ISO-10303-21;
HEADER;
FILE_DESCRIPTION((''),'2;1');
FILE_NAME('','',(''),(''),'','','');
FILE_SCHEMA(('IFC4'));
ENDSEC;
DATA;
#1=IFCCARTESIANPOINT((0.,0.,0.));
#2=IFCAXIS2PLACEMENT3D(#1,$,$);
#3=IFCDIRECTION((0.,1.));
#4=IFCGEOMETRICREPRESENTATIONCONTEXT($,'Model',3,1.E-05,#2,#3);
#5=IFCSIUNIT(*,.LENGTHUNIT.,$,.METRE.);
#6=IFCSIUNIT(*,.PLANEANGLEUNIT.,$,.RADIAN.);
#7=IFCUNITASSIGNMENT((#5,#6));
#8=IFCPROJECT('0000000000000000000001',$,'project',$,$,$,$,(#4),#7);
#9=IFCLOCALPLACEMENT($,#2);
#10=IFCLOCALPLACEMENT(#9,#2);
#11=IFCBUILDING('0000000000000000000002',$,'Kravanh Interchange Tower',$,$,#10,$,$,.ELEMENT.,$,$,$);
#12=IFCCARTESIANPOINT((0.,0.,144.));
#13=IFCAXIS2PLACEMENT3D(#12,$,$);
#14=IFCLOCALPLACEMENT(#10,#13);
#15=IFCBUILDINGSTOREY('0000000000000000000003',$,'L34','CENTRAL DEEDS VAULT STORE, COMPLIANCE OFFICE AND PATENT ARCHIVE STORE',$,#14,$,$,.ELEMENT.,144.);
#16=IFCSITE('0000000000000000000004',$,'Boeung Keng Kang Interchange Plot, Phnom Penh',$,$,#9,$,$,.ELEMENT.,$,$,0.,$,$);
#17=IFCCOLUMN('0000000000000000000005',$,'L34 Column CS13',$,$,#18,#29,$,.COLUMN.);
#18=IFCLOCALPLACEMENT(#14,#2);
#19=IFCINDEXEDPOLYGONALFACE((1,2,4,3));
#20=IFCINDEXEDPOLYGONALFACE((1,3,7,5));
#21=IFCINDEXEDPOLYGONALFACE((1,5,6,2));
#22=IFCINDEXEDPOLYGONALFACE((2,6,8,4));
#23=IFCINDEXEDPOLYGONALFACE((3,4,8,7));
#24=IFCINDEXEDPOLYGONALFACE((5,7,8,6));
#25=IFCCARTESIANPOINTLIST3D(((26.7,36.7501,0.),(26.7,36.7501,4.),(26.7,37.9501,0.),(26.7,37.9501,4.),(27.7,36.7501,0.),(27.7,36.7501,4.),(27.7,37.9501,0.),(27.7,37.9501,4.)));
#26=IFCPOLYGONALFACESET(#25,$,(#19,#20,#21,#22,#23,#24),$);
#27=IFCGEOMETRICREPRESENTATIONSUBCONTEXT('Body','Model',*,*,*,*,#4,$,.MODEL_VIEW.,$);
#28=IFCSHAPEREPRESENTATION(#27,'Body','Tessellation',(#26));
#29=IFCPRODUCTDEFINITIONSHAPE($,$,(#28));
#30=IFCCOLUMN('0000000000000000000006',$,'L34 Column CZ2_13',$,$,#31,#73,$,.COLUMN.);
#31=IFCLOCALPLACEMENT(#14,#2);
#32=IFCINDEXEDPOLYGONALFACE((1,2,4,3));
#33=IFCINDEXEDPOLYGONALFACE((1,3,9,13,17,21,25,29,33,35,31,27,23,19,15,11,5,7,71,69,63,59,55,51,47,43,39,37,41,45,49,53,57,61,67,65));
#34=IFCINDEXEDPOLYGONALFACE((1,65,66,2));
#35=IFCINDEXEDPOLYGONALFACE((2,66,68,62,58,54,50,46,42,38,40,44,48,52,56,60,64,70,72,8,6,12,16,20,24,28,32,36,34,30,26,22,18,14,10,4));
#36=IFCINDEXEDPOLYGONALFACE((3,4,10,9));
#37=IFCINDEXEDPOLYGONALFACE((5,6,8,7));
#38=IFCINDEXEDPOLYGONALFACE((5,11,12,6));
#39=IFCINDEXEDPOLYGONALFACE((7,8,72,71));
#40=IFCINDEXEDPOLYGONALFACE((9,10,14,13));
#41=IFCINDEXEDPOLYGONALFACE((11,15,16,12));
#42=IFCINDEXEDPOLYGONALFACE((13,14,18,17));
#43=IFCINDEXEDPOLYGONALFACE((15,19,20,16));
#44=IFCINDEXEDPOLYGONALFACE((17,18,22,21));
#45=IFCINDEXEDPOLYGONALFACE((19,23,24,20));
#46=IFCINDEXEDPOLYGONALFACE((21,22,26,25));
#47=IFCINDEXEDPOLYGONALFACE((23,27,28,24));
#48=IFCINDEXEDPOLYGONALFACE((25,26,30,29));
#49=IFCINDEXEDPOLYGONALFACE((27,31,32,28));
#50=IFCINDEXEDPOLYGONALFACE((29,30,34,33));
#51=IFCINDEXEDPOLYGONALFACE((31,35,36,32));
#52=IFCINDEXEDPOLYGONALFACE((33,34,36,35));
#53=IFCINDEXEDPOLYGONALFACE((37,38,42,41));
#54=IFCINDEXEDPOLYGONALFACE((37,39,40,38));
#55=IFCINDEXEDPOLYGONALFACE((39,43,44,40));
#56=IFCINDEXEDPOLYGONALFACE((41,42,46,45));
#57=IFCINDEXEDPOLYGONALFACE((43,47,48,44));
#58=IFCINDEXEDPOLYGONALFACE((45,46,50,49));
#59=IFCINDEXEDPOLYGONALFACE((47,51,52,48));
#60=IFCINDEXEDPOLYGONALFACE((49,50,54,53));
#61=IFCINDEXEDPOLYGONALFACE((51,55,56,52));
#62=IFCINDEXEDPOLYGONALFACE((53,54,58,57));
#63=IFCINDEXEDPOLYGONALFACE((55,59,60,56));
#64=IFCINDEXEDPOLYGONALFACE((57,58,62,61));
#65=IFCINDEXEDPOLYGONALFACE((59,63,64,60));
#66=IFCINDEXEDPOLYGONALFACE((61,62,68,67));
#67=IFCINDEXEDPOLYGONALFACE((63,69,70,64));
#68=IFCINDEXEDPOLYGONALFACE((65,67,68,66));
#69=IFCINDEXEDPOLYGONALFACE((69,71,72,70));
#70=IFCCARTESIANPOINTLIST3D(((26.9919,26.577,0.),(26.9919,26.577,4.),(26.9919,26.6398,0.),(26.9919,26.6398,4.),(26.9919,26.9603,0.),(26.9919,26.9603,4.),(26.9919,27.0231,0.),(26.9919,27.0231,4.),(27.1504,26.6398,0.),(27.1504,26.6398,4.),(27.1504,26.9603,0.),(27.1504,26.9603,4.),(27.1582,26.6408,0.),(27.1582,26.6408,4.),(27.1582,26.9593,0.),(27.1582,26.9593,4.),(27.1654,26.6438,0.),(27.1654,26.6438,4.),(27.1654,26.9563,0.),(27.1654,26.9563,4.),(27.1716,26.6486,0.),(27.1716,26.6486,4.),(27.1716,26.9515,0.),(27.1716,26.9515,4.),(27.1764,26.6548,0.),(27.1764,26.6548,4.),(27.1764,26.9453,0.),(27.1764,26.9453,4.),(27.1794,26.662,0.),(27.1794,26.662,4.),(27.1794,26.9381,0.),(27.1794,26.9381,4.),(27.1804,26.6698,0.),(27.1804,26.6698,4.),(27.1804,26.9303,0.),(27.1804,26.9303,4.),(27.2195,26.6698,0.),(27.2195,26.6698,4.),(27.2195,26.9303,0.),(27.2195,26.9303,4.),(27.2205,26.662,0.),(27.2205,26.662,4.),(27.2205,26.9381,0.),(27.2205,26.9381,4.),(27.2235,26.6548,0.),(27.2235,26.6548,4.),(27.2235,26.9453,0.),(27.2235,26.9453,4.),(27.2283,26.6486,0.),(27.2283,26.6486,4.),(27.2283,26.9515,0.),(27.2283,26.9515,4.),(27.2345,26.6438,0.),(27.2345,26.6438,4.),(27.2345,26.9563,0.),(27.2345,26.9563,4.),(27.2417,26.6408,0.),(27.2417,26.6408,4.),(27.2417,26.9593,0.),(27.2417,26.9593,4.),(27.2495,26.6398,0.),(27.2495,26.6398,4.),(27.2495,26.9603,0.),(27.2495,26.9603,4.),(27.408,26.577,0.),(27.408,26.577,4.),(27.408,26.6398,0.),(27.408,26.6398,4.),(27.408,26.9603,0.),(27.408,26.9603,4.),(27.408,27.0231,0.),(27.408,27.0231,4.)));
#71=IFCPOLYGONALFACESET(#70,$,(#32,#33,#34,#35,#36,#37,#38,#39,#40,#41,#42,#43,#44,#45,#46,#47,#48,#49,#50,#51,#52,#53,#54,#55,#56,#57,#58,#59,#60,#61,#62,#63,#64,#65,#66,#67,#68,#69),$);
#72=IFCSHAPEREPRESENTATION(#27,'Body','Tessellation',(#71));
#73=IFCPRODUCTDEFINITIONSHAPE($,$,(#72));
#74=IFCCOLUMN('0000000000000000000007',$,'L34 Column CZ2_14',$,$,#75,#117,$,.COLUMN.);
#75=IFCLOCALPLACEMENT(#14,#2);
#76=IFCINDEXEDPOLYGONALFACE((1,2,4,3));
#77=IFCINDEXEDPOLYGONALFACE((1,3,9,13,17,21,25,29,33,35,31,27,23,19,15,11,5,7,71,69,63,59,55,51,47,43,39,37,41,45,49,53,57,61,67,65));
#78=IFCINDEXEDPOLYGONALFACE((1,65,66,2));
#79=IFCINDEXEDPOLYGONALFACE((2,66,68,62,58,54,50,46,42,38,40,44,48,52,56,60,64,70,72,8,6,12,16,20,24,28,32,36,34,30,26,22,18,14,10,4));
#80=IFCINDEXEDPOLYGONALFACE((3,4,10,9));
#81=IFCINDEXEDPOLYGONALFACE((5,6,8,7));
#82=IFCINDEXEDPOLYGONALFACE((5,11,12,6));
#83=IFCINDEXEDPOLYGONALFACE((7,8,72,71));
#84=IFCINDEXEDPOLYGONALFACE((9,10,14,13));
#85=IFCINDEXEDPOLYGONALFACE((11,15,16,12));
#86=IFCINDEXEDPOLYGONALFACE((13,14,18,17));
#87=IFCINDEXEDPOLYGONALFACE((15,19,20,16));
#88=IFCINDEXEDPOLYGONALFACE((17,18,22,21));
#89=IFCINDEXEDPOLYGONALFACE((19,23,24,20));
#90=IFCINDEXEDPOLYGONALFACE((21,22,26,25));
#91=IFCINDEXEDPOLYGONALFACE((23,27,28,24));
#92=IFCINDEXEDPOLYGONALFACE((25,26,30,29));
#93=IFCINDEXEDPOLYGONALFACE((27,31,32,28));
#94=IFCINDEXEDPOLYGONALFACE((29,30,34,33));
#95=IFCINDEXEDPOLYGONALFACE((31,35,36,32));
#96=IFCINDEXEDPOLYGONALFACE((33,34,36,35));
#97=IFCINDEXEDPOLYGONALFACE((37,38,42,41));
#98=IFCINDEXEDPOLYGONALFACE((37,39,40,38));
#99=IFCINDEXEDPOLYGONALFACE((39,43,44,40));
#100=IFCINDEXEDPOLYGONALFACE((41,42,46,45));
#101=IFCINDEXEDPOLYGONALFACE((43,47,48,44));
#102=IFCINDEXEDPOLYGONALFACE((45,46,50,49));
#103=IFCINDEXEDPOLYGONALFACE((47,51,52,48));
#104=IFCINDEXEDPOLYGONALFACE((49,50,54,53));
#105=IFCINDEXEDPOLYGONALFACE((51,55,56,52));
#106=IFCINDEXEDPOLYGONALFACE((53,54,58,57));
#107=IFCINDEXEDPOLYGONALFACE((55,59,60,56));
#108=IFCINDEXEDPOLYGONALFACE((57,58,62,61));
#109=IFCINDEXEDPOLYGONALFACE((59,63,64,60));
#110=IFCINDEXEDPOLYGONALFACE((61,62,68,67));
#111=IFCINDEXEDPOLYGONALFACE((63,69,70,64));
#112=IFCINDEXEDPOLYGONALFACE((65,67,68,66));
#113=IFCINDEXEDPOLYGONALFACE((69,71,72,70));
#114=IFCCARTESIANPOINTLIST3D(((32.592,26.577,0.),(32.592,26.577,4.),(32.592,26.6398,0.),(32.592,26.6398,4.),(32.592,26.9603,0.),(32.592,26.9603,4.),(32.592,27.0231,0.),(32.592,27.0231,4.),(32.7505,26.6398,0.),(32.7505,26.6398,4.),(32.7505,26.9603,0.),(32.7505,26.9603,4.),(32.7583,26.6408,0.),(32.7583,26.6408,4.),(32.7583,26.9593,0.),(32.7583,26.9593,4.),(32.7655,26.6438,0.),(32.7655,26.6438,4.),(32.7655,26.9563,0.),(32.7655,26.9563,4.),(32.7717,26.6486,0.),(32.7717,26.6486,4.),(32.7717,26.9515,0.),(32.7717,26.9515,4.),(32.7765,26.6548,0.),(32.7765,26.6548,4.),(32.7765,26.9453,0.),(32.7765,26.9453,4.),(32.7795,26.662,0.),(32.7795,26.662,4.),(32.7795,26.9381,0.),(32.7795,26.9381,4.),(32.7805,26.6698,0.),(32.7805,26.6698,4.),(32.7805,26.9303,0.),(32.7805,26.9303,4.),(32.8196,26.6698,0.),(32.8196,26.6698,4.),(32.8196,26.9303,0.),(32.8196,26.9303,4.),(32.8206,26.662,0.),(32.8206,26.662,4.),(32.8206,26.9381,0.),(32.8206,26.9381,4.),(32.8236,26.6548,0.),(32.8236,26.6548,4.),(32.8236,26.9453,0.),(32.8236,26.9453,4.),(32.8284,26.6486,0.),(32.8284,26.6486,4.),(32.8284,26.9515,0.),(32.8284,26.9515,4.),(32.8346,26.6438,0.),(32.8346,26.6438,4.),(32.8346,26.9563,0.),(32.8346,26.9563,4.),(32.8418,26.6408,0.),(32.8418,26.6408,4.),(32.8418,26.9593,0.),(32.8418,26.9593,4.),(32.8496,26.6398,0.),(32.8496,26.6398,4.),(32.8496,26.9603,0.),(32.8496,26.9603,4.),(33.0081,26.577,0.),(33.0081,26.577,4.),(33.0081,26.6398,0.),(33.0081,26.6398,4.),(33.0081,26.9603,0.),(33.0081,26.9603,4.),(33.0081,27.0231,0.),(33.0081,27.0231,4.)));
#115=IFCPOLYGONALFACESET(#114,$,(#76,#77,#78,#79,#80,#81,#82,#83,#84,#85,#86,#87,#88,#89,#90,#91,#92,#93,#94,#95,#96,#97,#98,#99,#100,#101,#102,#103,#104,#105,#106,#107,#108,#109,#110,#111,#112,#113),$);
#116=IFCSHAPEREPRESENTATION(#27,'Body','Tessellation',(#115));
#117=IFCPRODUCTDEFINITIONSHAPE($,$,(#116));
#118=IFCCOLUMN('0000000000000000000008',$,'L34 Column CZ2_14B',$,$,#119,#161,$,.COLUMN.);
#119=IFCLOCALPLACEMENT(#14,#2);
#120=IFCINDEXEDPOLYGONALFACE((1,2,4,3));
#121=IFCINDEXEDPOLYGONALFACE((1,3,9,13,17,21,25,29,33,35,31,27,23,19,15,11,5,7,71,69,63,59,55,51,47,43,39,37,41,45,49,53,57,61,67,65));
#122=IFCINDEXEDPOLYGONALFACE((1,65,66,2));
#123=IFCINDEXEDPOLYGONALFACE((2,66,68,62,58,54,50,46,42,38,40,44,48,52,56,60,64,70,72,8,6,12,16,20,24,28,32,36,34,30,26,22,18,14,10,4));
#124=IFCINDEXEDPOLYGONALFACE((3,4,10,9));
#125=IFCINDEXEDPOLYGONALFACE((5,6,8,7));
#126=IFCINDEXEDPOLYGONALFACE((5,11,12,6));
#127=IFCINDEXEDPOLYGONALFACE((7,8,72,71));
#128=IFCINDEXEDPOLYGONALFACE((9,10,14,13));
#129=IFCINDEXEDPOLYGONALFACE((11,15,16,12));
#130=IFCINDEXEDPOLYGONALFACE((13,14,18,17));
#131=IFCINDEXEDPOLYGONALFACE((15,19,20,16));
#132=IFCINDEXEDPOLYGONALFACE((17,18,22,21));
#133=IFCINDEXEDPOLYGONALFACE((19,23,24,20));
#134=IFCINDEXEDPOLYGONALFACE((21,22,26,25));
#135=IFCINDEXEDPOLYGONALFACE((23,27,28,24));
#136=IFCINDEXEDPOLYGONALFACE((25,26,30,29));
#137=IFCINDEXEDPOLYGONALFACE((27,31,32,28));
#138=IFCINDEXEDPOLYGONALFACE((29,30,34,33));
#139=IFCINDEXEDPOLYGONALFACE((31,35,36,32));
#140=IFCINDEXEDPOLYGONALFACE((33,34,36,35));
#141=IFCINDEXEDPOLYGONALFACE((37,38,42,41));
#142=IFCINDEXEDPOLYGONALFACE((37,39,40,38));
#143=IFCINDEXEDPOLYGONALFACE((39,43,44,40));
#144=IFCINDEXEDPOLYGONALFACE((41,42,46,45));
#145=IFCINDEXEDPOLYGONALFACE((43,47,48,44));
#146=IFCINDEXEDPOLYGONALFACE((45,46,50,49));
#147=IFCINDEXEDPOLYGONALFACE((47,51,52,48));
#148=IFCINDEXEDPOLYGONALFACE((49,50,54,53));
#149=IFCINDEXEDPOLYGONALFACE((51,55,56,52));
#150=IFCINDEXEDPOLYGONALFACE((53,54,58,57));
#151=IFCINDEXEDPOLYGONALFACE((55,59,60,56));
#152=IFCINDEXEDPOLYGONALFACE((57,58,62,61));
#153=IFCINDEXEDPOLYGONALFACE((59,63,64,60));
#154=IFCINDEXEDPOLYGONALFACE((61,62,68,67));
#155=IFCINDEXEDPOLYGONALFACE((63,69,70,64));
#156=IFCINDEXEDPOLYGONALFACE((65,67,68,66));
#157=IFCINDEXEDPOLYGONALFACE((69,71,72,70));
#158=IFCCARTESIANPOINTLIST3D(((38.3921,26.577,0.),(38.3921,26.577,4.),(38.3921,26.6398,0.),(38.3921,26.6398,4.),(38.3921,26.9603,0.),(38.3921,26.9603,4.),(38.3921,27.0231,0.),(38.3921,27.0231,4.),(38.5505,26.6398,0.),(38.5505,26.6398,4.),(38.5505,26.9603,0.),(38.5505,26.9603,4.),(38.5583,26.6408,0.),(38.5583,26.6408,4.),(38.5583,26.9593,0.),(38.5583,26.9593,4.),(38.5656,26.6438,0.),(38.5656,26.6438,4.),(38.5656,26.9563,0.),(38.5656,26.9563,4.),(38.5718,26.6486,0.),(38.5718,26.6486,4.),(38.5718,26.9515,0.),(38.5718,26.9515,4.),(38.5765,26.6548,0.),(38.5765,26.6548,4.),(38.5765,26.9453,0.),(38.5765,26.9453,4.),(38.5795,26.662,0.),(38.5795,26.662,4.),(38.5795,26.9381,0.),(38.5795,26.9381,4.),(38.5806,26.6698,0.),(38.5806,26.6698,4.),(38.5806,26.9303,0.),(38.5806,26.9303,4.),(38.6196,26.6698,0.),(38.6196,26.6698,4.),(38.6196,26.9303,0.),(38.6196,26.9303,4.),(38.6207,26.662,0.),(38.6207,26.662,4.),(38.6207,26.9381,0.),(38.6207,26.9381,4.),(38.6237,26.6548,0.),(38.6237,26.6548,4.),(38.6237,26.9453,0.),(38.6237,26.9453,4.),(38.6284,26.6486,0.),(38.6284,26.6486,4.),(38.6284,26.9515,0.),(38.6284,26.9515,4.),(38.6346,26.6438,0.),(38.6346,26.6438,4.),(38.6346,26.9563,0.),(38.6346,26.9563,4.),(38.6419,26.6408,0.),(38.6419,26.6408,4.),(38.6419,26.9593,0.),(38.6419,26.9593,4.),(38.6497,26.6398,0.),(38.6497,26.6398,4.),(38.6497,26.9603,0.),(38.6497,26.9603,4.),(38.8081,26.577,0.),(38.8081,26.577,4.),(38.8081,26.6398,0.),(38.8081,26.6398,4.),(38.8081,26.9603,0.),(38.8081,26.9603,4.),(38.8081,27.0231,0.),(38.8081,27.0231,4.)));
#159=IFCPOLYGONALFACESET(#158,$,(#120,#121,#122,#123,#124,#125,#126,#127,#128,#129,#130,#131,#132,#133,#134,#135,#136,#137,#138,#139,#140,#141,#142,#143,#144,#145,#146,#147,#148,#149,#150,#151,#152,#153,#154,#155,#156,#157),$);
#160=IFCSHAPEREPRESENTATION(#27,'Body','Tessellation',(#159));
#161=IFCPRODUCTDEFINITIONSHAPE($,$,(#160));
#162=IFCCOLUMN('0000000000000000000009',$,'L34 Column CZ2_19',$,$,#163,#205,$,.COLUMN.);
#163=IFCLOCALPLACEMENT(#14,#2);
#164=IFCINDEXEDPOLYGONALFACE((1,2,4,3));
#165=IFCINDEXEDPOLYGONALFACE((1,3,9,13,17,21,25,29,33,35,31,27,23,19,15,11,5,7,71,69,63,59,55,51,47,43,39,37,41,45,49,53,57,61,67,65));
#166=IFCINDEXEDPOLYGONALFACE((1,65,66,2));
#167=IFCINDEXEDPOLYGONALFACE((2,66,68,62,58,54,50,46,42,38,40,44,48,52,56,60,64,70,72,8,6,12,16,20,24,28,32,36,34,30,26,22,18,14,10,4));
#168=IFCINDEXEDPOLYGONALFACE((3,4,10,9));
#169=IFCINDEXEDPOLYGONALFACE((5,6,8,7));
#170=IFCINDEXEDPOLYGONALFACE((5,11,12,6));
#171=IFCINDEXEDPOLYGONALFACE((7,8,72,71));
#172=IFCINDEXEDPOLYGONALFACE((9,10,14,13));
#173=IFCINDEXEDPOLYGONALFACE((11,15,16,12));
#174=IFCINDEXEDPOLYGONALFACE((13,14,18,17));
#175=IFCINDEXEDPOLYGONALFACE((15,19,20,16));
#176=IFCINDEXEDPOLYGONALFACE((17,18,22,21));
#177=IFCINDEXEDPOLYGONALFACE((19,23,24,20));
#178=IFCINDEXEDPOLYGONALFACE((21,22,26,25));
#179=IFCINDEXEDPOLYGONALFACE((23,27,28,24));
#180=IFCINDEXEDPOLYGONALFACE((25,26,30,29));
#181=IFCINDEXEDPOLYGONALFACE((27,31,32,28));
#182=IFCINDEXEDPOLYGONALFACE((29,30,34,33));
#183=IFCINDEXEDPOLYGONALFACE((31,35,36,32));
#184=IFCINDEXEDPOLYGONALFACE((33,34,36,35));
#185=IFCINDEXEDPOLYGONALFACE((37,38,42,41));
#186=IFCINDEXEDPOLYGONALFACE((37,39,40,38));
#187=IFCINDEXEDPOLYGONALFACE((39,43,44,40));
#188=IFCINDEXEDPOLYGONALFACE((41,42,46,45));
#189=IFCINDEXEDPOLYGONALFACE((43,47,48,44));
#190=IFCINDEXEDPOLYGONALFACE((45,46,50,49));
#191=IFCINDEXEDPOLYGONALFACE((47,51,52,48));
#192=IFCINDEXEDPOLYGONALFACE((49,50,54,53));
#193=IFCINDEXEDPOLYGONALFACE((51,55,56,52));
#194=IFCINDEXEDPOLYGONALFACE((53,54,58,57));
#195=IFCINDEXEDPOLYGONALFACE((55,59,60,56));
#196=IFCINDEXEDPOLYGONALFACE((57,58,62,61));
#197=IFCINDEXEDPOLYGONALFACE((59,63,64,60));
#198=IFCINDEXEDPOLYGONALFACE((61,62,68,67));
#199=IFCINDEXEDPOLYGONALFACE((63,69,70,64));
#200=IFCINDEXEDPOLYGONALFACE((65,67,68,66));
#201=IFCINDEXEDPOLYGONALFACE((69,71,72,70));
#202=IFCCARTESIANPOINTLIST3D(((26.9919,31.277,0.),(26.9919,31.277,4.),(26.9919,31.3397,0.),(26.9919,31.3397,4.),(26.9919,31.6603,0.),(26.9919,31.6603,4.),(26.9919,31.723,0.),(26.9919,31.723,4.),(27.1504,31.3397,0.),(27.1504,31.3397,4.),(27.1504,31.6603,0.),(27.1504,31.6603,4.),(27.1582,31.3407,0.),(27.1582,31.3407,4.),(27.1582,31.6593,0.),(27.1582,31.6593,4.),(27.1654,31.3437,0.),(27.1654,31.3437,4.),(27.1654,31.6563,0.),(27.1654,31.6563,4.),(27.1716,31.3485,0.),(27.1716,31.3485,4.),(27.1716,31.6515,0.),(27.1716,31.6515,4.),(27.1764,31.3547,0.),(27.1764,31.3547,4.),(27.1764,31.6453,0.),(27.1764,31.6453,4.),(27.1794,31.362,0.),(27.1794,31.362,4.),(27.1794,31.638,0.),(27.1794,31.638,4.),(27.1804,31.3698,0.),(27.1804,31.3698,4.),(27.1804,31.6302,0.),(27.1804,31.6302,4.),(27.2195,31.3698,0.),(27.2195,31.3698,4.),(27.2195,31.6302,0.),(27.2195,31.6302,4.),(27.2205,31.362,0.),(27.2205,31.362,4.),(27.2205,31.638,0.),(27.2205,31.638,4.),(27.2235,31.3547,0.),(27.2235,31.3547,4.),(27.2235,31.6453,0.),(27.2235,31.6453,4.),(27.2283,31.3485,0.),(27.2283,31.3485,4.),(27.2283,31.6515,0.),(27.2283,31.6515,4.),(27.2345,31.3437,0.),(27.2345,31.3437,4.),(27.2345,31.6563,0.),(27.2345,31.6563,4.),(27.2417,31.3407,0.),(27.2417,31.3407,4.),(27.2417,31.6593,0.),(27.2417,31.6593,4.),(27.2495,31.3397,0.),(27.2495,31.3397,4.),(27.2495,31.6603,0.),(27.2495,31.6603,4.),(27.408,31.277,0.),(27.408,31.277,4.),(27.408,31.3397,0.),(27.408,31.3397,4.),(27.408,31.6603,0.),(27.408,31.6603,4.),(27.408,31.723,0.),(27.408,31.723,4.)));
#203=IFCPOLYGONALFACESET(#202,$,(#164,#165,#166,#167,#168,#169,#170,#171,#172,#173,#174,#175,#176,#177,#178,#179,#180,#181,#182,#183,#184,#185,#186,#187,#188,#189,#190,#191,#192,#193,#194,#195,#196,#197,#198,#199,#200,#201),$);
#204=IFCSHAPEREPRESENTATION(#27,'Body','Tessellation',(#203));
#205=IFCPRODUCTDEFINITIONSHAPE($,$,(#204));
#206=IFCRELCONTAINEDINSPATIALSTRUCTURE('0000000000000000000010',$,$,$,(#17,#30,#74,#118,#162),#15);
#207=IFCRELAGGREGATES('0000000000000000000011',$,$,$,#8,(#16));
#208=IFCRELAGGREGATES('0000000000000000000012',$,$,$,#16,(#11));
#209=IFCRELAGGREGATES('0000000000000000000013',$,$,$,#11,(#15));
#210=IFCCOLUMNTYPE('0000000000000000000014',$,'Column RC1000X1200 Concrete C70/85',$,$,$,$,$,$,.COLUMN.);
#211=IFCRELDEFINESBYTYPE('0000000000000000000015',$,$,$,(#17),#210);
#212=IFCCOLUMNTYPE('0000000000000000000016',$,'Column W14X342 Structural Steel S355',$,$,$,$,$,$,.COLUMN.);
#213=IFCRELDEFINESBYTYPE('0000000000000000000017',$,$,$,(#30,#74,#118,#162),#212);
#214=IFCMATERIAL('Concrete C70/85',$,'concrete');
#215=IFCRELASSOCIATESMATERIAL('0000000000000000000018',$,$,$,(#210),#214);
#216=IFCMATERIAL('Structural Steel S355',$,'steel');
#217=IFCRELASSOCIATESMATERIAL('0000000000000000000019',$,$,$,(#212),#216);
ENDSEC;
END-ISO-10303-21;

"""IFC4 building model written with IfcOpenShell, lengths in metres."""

from ifc_helpers import new_model, si_unit, direction, frame, origin, origin_2d, place, context, subcontext, project, spatial, rectangle, i_section, extrude, material, material_profile, profile_set, type_object, element, save


model = new_model("IFC4")

# Units and contexts
model_context = context("Model", 3, precision=1e-05, world=origin(), true_north=direction((0.0, 1.0)))
body_context = subcontext(model_context, "Body", "Model", "MODEL_VIEW")
ifc_project = project(units=[si_unit("LENGTHUNIT", "METRE"), si_unit("PLANEANGLEUNIT", "RADIAN")], contexts=[model_context])

# Site, building, storey
site_placement = place(None, origin())
site = spatial("IfcSite", under=ifc_project, at=site_placement, Name="Boeung Keng Kang Interchange Plot, Phnom Penh", CompositionType="ELEMENT", RefElevation=0.0)
building_placement = place(site_placement, origin())
building = spatial("IfcBuilding", under=site, at=building_placement, Name="Kravanh Interchange Tower", CompositionType="ELEMENT")
storey_placement = place(building_placement, frame((0.0, 0.0, 144.0)))
storey = spatial("IfcBuildingStorey", under=building, at=storey_placement, Name="L34", Description="CENTRAL DEEDS VAULT STORE, COMPLIANCE OFFICE AND PATENT ARCHIVE STORE", CompositionType="ELEMENT", Elevation=144.0)

# Columns
ifc_material_1 = material(Name="Concrete C70/85", Category="concrete")
ifc_material_profile_1 = material_profile(ifc_material_1, rectangle(XDim=1.0, YDim=1.2, at=origin_2d()), Name="RC1000X1200")
ifc_profile_set_1 = profile_set([ifc_material_profile_1], Name="Concrete C70/85")
column_type_1 = type_object("IfcColumnType", Name="Column RC1000X1200 Concrete C70/85", PredefinedType="COLUMN", material=ifc_profile_set_1)
column_placement = place(storey_placement, frame((27.2, 37.3501, 0.0), z_axis=(0.0, 0.0, 1.0), x_axis=(1.0, 0.0, 0.0)))
element("IfcColumn", 1, at=column_placement, inside=storey, type_object=column_type_1, Name="L34 Column CS13", PredefinedType="COLUMN", context=body_context, shape_type="SweptSolid", body=[
    extrude(rectangle(XDim=1.0, YDim=1.2, at=origin_2d()), origin(), (0.0, 0.0, 1.0), 4.0),
])
ifc_material_2 = material(Name="Structural Steel S355", Category="steel")
ifc_material_profile_2 = material_profile(ifc_material_2, i_section(OverallWidth=0.416, OverallDepth=0.446, WebThickness=0.0391, FlangeThickness=0.0627, FilletRadius=0.03, at=origin_2d()), Name="W14X342")
ifc_profile_set_2 = profile_set([ifc_material_profile_2], Name="Structural Steel S355")
column_type_2 = type_object("IfcColumnType", Name="Column W14X342 Structural Steel S355", PredefinedType="COLUMN", material=ifc_profile_set_2)
for number, where, z_axis, x_axis, name in (
    (2, (27.2, 26.8, 0.0), (0.0, 0.0, 1.0), (1.0, 0.0, 0.0), "L34 Column CZ2_13"),
    (3, (32.8, 26.8, 0.0), (0.0, 0.0, 1.0), (1.0, 0.0, 0.0), "L34 Column CZ2_14"),
    (4, (38.6001, 26.8, 0.0), (0.0, 0.0, 1.0), (1.0, 0.0, 0.0), "L34 Column CZ2_14B"),
    (5, (27.2, 31.5, 0.0), (0.0, 0.0, 1.0), (1.0, 0.0, 0.0), "L34 Column CZ2_19"),
):
    element("IfcColumn", number, at=place(storey_placement, frame(where, z_axis=z_axis, x_axis=x_axis)), inside=storey, type_object=column_type_2, Name=name, PredefinedType="COLUMN", context=body_context, shape_type="SweptSolid", body=[
        extrude(i_section(OverallWidth=0.416, OverallDepth=0.446, WebThickness=0.0391, FlangeThickness=0.0627, FilletRadius=0.03, at=origin_2d()), origin(), (0.0, 0.0, 1.0), 4.0),
    ])

save(model, "model.ifc")
